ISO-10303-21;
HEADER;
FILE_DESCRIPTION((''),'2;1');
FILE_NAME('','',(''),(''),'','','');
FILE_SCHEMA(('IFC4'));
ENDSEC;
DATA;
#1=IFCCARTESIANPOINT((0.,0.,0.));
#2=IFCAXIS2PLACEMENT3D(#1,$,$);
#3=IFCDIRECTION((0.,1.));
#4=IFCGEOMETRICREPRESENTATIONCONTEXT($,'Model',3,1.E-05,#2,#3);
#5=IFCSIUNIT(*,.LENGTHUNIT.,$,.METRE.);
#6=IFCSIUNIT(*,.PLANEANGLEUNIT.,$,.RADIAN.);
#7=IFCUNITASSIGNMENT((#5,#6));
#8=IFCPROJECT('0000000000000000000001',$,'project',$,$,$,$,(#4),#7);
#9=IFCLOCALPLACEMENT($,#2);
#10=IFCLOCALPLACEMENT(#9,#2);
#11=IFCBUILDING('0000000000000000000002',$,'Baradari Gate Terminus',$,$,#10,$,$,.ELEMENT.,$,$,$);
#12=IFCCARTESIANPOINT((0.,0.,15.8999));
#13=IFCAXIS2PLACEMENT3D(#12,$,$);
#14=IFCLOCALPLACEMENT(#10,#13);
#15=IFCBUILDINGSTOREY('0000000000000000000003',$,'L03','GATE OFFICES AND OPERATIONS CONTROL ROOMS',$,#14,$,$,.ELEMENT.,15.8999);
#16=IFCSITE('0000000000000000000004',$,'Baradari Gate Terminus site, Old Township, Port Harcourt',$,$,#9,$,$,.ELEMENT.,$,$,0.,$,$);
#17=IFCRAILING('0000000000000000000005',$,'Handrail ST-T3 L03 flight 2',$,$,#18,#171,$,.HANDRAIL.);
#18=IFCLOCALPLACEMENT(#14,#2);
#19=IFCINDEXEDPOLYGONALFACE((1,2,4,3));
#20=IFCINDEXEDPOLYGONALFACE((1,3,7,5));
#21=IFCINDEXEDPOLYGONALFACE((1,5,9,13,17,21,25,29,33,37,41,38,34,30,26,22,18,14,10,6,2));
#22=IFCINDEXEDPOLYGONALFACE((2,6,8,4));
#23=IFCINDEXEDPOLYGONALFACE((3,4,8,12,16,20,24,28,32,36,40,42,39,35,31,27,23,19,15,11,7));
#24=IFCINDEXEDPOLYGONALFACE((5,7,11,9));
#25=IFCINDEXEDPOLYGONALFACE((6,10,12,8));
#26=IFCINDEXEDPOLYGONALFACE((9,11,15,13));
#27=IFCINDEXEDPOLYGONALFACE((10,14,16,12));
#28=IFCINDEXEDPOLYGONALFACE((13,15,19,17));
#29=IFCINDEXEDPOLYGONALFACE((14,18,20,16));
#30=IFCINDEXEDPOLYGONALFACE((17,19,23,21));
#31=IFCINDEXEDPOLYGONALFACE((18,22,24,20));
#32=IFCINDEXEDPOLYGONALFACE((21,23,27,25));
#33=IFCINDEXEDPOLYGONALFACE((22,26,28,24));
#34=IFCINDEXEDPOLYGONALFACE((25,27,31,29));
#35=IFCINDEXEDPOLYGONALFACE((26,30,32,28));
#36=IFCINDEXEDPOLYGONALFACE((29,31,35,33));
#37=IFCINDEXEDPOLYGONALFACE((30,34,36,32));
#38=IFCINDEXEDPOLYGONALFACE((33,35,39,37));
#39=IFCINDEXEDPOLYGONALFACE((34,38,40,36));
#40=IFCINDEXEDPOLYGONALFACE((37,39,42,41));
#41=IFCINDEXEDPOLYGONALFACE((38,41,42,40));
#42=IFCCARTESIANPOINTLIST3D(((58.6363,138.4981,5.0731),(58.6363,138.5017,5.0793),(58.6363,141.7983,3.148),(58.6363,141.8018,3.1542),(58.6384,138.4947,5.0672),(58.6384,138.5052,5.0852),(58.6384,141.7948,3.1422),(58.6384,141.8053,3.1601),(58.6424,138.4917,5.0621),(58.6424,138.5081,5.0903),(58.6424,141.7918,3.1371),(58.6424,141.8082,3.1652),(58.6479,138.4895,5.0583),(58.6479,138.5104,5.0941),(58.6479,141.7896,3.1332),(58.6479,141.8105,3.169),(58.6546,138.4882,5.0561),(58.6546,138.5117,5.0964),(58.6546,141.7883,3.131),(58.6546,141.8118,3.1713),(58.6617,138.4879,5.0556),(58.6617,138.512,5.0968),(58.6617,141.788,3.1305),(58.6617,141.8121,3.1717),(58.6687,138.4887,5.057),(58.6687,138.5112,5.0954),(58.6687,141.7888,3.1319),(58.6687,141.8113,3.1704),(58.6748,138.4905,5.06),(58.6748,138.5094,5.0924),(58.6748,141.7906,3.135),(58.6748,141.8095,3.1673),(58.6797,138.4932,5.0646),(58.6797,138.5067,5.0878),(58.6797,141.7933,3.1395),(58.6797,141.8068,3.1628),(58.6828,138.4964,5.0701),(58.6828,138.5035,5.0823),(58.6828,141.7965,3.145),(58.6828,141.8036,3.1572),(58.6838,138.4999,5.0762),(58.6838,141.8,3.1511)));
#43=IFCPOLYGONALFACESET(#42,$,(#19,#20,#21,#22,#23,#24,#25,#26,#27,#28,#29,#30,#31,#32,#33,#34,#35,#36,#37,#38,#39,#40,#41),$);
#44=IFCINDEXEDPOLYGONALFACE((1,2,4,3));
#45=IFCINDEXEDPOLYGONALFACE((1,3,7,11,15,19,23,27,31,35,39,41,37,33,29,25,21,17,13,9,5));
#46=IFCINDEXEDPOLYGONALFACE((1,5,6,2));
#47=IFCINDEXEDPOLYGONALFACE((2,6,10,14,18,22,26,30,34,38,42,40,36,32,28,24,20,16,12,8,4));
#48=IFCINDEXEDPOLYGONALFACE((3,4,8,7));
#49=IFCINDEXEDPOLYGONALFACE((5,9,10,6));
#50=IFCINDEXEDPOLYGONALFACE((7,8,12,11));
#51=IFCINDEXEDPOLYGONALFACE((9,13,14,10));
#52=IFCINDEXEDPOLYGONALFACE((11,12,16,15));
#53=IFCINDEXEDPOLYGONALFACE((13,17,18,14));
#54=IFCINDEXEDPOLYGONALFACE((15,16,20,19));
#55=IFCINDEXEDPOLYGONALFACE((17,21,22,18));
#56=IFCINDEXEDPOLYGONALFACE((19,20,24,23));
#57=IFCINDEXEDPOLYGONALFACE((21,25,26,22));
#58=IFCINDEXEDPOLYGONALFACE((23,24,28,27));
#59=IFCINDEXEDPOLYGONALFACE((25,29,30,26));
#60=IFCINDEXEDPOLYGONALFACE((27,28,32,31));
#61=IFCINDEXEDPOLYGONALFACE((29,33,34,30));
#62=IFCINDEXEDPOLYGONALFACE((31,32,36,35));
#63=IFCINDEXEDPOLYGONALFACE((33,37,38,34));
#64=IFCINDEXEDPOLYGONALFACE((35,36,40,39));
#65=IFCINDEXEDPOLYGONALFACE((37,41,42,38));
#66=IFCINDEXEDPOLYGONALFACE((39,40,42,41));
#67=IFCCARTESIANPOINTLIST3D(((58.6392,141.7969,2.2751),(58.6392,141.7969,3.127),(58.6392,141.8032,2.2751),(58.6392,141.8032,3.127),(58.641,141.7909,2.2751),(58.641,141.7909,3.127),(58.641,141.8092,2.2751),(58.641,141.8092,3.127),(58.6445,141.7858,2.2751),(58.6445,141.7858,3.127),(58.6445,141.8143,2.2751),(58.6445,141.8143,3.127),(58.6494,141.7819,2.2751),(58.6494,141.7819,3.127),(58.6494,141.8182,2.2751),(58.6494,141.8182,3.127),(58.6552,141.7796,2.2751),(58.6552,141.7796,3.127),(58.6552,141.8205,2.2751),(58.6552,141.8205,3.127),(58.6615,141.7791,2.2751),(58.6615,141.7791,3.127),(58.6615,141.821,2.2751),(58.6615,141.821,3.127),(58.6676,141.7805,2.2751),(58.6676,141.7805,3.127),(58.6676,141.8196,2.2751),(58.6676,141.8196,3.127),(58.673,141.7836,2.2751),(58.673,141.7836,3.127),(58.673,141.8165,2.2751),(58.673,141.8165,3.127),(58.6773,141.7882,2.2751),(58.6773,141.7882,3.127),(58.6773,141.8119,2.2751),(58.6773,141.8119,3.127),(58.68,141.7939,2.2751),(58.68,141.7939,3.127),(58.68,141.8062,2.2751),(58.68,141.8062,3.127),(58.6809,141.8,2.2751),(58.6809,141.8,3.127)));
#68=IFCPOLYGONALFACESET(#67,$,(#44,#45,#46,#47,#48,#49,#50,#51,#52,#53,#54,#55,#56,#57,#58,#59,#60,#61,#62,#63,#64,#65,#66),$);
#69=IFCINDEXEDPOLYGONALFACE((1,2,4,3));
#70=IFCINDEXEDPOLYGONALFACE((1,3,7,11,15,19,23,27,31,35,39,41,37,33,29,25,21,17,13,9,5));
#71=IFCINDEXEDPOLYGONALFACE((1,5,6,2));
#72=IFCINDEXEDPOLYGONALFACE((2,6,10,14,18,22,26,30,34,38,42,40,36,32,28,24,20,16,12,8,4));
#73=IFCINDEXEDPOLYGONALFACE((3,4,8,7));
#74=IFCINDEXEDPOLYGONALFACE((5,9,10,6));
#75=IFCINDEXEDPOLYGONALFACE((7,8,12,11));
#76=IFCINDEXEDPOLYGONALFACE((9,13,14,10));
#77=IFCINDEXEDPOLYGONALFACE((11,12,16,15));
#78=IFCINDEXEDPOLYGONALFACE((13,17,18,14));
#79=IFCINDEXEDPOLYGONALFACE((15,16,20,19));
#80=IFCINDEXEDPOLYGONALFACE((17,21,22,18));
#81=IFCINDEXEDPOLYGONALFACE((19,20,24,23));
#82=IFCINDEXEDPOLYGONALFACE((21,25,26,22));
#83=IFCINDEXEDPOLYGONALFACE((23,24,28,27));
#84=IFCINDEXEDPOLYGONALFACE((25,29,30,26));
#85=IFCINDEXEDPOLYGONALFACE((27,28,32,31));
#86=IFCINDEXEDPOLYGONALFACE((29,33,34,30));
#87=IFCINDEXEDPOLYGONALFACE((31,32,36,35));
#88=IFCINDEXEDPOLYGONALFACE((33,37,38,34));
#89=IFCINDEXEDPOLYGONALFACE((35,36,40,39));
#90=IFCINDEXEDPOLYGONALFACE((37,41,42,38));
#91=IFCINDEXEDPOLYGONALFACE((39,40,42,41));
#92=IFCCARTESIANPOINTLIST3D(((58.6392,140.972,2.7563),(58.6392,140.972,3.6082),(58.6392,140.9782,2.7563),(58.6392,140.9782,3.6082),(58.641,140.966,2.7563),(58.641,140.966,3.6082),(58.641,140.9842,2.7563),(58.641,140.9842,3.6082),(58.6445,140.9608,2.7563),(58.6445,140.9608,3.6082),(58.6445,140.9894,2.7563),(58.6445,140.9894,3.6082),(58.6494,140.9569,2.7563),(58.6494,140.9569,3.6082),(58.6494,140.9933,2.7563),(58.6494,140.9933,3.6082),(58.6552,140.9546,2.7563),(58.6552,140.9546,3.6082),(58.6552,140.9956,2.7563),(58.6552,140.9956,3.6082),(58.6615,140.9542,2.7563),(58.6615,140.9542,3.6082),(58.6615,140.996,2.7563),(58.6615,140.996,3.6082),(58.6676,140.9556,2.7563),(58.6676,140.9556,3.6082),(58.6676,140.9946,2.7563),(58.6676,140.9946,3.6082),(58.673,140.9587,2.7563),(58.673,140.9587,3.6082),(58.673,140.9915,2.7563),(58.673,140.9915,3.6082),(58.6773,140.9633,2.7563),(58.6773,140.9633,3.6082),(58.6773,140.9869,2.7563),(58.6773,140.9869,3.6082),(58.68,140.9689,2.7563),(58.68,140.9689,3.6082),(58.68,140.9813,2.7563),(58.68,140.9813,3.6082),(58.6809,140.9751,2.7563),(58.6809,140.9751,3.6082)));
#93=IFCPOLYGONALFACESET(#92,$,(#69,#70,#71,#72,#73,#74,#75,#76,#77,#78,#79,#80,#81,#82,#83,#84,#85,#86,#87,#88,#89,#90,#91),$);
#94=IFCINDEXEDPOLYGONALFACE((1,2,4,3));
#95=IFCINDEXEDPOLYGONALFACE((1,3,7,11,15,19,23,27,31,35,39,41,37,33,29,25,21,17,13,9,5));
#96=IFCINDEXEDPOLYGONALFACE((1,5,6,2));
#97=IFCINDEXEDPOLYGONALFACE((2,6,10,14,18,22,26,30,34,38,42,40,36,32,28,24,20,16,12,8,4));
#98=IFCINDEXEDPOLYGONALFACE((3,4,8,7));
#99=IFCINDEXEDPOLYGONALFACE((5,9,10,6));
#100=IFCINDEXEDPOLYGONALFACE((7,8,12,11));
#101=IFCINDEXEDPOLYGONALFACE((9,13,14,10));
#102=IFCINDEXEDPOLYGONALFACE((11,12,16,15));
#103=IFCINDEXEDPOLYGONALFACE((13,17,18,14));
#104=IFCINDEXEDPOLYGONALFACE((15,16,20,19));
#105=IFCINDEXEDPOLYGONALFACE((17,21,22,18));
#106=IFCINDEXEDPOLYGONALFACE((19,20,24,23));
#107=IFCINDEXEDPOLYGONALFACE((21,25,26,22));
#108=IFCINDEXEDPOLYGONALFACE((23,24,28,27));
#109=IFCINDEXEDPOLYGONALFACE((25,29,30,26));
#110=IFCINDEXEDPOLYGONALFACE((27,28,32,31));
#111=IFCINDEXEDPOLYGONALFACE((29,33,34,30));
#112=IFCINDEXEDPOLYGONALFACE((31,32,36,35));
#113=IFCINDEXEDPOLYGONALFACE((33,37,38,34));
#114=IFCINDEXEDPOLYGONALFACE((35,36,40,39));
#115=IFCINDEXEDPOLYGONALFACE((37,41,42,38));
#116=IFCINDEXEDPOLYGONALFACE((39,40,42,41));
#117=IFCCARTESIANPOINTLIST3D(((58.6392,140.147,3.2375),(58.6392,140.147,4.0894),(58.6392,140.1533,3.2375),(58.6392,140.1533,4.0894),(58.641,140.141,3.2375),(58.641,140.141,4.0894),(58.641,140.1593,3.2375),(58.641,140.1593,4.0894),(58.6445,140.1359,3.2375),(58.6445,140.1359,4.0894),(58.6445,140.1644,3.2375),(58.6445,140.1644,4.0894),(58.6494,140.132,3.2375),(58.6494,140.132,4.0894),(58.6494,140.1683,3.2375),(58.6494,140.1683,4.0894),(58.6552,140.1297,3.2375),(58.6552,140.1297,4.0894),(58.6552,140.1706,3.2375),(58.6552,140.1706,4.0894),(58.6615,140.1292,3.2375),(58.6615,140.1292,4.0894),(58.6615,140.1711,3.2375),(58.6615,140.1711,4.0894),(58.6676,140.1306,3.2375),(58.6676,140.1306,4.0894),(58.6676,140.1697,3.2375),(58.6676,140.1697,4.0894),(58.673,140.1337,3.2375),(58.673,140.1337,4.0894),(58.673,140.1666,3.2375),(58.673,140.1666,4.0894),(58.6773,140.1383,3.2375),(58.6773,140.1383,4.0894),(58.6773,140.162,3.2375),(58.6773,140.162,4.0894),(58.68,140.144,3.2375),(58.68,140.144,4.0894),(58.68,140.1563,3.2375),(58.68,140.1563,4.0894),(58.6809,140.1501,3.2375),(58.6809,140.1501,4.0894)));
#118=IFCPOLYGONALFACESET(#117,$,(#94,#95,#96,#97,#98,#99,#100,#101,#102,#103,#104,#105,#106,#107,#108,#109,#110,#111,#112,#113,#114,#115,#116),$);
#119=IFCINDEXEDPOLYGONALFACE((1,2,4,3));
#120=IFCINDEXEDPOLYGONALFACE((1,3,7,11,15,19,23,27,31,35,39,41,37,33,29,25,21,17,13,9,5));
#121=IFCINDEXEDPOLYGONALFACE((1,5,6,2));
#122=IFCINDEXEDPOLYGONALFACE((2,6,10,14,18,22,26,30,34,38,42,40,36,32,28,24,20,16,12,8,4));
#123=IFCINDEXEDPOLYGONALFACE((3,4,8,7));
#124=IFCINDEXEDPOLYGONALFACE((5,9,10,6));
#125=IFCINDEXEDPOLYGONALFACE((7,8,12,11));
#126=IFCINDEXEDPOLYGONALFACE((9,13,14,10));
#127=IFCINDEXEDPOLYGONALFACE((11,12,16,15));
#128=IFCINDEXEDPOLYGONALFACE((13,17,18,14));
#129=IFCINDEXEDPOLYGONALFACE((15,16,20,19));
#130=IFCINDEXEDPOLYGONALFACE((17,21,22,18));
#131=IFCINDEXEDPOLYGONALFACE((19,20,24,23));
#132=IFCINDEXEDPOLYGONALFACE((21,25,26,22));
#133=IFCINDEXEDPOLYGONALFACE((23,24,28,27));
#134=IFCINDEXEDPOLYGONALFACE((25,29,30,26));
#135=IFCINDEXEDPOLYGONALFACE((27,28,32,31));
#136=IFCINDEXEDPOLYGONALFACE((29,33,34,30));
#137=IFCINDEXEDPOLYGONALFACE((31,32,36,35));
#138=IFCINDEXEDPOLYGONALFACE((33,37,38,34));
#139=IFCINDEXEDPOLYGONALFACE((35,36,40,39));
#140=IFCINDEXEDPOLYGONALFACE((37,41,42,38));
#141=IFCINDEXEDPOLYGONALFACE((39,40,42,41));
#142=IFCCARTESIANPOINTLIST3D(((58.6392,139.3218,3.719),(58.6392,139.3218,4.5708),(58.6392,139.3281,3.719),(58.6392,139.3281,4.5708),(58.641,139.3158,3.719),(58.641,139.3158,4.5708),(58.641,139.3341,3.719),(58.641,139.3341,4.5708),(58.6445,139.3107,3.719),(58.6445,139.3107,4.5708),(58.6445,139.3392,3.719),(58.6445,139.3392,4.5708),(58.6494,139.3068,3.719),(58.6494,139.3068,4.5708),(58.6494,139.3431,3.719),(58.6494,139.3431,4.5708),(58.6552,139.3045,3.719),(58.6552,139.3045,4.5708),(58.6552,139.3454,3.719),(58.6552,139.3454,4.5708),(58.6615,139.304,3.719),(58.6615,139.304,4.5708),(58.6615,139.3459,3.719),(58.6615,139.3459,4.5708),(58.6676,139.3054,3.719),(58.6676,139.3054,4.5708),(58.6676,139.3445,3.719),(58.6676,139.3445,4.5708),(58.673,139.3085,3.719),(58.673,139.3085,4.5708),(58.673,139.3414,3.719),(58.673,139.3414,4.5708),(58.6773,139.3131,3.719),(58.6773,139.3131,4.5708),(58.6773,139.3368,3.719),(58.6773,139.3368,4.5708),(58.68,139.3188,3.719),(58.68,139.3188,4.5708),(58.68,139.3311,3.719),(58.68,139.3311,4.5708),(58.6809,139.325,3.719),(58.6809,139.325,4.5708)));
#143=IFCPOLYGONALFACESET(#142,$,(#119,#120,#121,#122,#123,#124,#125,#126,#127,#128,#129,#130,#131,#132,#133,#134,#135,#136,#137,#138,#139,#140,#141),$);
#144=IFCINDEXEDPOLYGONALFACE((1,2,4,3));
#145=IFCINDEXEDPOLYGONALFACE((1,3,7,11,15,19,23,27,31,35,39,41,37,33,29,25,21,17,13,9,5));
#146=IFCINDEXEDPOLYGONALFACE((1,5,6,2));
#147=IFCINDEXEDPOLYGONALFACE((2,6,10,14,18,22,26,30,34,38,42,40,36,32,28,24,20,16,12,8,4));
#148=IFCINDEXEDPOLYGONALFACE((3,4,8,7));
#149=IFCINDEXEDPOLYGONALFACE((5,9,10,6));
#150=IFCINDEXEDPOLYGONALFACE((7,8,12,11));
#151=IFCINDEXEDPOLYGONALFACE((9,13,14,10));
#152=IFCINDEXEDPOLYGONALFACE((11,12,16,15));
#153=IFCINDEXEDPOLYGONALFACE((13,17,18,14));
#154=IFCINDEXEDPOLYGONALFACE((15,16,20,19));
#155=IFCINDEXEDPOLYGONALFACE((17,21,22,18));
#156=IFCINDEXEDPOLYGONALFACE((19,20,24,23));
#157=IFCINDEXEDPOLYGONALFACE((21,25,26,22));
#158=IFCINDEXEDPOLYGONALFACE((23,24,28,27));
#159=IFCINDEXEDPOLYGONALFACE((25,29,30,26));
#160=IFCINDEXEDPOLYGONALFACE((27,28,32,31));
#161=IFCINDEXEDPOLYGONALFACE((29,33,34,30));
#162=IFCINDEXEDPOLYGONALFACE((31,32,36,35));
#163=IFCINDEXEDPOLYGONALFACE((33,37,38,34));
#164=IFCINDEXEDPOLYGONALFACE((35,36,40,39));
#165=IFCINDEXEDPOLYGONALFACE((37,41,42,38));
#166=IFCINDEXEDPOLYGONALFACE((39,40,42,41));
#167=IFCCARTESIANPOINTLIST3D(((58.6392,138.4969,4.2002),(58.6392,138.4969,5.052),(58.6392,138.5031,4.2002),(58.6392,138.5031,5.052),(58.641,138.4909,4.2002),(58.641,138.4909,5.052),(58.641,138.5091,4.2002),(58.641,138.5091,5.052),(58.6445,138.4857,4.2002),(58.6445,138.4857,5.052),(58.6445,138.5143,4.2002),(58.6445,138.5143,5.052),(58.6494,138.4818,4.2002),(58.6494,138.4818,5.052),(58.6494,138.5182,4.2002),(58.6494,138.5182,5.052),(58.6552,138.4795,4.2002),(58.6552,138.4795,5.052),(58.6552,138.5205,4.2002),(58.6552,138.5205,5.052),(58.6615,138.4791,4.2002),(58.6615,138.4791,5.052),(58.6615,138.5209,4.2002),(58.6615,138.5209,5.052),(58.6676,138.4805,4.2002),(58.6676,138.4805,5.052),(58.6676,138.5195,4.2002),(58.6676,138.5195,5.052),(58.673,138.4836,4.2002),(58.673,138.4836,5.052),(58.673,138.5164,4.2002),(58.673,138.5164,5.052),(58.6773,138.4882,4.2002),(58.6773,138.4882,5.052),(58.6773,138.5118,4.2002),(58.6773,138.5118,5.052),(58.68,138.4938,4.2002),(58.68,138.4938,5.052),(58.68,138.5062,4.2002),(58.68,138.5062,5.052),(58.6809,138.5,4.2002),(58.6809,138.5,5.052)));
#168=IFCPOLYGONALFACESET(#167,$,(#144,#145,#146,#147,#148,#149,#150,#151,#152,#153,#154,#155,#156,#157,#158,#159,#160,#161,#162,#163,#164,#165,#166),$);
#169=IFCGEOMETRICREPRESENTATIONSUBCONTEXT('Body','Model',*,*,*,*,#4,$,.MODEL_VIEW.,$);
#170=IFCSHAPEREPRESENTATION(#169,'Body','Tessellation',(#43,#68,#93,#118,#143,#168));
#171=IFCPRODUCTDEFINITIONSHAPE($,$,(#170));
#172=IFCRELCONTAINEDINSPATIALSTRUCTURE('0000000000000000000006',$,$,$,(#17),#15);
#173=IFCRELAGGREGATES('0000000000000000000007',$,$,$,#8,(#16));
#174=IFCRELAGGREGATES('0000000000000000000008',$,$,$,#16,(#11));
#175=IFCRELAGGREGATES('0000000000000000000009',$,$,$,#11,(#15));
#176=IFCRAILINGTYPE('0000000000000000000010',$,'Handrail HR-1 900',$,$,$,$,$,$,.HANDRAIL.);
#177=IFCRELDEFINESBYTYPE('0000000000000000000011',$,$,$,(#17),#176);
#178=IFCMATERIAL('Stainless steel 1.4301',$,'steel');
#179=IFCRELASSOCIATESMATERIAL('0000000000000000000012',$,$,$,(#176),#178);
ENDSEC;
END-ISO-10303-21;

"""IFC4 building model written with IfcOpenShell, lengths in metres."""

from ifc_helpers import new_model, si_unit, direction, frame, origin, origin_2d, place, context, subcontext, project, spatial, circle, extrude, material, type_object, element, save


model = new_model("IFC4")

# Units and contexts
model_context = context("Model", 3, precision=1e-05, world=origin(), true_north=direction((0.0, 1.0)))
body_context = subcontext(model_context, "Body", "Model", "MODEL_VIEW")
ifc_project = project(units=[si_unit("LENGTHUNIT", "METRE"), si_unit("PLANEANGLEUNIT", "RADIAN")], contexts=[model_context])

# Site, building, storey
site_placement = place(None, origin())
site = spatial("IfcSite", under=ifc_project, at=site_placement, Name="Baradari Gate Terminus site, Old Township, Port Harcourt", CompositionType="ELEMENT", RefElevation=0.0)
building_placement = place(site_placement, origin())
building = spatial("IfcBuilding", under=site, at=building_placement, Name="Baradari Gate Terminus", CompositionType="ELEMENT")
storey_placement = place(building_placement, frame((0.0, 0.0, 15.8999)))
storey = spatial("IfcBuildingStorey", under=building, at=storey_placement, Name="L03", Description="GATE OFFICES AND OPERATIONS CONTROL ROOMS", CompositionType="ELEMENT", Elevation=15.8999)

# Railing
ifc_material_1 = material(Name="Stainless steel 1.4301", Category="steel")
railing_type = type_object("IfcRailingType", Name="Handrail HR-1 900", PredefinedType="HANDRAIL", material=ifc_material_1)
for number, where, name in (
    (1, (58.6599, 141.8, 2.2751), "Handrail ST-T3 L03 flight 2"),
):
    element("IfcRailing", number, at=place(storey_placement, frame(where)), inside=storey, type_object=railing_type, Name=name, PredefinedType="HANDRAIL", context=body_context, shape_type="SweptSolid", body=[
        extrude(circle(Radius=0.0239, at=origin_2d()), frame((0.0, 0.0, 0.876), z_axis=(0.0, -0.863777, 0.503875), x_axis=(1.0, 0.0, 0.0)), (0.0, 0.0, 1.0), 3.8206),
        extrude(circle(Radius=0.021, at=origin_2d()), origin(), (0.0, 0.0, 1.0), 0.8518),
        extrude(circle(Radius=0.021, at=origin_2d()), frame((0.0, -0.825, 0.4812)), (0.0, 0.0, 1.0), 0.8518),
        extrude(circle(Radius=0.021, at=origin_2d()), frame((0.0, -1.6499, 0.9624)), (0.0, 0.0, 1.0), 0.8518),
        extrude(circle(Radius=0.021, at=origin_2d()), frame((0.0, -2.4751, 1.4438)), (0.0, 0.0, 1.0), 0.8518),
        extrude(circle(Radius=0.021, at=origin_2d()), frame((0.0, -3.3, 1.925)), (0.0, 0.0, 1.0), 0.8518),
    ])

save(model, "model.ifc")
